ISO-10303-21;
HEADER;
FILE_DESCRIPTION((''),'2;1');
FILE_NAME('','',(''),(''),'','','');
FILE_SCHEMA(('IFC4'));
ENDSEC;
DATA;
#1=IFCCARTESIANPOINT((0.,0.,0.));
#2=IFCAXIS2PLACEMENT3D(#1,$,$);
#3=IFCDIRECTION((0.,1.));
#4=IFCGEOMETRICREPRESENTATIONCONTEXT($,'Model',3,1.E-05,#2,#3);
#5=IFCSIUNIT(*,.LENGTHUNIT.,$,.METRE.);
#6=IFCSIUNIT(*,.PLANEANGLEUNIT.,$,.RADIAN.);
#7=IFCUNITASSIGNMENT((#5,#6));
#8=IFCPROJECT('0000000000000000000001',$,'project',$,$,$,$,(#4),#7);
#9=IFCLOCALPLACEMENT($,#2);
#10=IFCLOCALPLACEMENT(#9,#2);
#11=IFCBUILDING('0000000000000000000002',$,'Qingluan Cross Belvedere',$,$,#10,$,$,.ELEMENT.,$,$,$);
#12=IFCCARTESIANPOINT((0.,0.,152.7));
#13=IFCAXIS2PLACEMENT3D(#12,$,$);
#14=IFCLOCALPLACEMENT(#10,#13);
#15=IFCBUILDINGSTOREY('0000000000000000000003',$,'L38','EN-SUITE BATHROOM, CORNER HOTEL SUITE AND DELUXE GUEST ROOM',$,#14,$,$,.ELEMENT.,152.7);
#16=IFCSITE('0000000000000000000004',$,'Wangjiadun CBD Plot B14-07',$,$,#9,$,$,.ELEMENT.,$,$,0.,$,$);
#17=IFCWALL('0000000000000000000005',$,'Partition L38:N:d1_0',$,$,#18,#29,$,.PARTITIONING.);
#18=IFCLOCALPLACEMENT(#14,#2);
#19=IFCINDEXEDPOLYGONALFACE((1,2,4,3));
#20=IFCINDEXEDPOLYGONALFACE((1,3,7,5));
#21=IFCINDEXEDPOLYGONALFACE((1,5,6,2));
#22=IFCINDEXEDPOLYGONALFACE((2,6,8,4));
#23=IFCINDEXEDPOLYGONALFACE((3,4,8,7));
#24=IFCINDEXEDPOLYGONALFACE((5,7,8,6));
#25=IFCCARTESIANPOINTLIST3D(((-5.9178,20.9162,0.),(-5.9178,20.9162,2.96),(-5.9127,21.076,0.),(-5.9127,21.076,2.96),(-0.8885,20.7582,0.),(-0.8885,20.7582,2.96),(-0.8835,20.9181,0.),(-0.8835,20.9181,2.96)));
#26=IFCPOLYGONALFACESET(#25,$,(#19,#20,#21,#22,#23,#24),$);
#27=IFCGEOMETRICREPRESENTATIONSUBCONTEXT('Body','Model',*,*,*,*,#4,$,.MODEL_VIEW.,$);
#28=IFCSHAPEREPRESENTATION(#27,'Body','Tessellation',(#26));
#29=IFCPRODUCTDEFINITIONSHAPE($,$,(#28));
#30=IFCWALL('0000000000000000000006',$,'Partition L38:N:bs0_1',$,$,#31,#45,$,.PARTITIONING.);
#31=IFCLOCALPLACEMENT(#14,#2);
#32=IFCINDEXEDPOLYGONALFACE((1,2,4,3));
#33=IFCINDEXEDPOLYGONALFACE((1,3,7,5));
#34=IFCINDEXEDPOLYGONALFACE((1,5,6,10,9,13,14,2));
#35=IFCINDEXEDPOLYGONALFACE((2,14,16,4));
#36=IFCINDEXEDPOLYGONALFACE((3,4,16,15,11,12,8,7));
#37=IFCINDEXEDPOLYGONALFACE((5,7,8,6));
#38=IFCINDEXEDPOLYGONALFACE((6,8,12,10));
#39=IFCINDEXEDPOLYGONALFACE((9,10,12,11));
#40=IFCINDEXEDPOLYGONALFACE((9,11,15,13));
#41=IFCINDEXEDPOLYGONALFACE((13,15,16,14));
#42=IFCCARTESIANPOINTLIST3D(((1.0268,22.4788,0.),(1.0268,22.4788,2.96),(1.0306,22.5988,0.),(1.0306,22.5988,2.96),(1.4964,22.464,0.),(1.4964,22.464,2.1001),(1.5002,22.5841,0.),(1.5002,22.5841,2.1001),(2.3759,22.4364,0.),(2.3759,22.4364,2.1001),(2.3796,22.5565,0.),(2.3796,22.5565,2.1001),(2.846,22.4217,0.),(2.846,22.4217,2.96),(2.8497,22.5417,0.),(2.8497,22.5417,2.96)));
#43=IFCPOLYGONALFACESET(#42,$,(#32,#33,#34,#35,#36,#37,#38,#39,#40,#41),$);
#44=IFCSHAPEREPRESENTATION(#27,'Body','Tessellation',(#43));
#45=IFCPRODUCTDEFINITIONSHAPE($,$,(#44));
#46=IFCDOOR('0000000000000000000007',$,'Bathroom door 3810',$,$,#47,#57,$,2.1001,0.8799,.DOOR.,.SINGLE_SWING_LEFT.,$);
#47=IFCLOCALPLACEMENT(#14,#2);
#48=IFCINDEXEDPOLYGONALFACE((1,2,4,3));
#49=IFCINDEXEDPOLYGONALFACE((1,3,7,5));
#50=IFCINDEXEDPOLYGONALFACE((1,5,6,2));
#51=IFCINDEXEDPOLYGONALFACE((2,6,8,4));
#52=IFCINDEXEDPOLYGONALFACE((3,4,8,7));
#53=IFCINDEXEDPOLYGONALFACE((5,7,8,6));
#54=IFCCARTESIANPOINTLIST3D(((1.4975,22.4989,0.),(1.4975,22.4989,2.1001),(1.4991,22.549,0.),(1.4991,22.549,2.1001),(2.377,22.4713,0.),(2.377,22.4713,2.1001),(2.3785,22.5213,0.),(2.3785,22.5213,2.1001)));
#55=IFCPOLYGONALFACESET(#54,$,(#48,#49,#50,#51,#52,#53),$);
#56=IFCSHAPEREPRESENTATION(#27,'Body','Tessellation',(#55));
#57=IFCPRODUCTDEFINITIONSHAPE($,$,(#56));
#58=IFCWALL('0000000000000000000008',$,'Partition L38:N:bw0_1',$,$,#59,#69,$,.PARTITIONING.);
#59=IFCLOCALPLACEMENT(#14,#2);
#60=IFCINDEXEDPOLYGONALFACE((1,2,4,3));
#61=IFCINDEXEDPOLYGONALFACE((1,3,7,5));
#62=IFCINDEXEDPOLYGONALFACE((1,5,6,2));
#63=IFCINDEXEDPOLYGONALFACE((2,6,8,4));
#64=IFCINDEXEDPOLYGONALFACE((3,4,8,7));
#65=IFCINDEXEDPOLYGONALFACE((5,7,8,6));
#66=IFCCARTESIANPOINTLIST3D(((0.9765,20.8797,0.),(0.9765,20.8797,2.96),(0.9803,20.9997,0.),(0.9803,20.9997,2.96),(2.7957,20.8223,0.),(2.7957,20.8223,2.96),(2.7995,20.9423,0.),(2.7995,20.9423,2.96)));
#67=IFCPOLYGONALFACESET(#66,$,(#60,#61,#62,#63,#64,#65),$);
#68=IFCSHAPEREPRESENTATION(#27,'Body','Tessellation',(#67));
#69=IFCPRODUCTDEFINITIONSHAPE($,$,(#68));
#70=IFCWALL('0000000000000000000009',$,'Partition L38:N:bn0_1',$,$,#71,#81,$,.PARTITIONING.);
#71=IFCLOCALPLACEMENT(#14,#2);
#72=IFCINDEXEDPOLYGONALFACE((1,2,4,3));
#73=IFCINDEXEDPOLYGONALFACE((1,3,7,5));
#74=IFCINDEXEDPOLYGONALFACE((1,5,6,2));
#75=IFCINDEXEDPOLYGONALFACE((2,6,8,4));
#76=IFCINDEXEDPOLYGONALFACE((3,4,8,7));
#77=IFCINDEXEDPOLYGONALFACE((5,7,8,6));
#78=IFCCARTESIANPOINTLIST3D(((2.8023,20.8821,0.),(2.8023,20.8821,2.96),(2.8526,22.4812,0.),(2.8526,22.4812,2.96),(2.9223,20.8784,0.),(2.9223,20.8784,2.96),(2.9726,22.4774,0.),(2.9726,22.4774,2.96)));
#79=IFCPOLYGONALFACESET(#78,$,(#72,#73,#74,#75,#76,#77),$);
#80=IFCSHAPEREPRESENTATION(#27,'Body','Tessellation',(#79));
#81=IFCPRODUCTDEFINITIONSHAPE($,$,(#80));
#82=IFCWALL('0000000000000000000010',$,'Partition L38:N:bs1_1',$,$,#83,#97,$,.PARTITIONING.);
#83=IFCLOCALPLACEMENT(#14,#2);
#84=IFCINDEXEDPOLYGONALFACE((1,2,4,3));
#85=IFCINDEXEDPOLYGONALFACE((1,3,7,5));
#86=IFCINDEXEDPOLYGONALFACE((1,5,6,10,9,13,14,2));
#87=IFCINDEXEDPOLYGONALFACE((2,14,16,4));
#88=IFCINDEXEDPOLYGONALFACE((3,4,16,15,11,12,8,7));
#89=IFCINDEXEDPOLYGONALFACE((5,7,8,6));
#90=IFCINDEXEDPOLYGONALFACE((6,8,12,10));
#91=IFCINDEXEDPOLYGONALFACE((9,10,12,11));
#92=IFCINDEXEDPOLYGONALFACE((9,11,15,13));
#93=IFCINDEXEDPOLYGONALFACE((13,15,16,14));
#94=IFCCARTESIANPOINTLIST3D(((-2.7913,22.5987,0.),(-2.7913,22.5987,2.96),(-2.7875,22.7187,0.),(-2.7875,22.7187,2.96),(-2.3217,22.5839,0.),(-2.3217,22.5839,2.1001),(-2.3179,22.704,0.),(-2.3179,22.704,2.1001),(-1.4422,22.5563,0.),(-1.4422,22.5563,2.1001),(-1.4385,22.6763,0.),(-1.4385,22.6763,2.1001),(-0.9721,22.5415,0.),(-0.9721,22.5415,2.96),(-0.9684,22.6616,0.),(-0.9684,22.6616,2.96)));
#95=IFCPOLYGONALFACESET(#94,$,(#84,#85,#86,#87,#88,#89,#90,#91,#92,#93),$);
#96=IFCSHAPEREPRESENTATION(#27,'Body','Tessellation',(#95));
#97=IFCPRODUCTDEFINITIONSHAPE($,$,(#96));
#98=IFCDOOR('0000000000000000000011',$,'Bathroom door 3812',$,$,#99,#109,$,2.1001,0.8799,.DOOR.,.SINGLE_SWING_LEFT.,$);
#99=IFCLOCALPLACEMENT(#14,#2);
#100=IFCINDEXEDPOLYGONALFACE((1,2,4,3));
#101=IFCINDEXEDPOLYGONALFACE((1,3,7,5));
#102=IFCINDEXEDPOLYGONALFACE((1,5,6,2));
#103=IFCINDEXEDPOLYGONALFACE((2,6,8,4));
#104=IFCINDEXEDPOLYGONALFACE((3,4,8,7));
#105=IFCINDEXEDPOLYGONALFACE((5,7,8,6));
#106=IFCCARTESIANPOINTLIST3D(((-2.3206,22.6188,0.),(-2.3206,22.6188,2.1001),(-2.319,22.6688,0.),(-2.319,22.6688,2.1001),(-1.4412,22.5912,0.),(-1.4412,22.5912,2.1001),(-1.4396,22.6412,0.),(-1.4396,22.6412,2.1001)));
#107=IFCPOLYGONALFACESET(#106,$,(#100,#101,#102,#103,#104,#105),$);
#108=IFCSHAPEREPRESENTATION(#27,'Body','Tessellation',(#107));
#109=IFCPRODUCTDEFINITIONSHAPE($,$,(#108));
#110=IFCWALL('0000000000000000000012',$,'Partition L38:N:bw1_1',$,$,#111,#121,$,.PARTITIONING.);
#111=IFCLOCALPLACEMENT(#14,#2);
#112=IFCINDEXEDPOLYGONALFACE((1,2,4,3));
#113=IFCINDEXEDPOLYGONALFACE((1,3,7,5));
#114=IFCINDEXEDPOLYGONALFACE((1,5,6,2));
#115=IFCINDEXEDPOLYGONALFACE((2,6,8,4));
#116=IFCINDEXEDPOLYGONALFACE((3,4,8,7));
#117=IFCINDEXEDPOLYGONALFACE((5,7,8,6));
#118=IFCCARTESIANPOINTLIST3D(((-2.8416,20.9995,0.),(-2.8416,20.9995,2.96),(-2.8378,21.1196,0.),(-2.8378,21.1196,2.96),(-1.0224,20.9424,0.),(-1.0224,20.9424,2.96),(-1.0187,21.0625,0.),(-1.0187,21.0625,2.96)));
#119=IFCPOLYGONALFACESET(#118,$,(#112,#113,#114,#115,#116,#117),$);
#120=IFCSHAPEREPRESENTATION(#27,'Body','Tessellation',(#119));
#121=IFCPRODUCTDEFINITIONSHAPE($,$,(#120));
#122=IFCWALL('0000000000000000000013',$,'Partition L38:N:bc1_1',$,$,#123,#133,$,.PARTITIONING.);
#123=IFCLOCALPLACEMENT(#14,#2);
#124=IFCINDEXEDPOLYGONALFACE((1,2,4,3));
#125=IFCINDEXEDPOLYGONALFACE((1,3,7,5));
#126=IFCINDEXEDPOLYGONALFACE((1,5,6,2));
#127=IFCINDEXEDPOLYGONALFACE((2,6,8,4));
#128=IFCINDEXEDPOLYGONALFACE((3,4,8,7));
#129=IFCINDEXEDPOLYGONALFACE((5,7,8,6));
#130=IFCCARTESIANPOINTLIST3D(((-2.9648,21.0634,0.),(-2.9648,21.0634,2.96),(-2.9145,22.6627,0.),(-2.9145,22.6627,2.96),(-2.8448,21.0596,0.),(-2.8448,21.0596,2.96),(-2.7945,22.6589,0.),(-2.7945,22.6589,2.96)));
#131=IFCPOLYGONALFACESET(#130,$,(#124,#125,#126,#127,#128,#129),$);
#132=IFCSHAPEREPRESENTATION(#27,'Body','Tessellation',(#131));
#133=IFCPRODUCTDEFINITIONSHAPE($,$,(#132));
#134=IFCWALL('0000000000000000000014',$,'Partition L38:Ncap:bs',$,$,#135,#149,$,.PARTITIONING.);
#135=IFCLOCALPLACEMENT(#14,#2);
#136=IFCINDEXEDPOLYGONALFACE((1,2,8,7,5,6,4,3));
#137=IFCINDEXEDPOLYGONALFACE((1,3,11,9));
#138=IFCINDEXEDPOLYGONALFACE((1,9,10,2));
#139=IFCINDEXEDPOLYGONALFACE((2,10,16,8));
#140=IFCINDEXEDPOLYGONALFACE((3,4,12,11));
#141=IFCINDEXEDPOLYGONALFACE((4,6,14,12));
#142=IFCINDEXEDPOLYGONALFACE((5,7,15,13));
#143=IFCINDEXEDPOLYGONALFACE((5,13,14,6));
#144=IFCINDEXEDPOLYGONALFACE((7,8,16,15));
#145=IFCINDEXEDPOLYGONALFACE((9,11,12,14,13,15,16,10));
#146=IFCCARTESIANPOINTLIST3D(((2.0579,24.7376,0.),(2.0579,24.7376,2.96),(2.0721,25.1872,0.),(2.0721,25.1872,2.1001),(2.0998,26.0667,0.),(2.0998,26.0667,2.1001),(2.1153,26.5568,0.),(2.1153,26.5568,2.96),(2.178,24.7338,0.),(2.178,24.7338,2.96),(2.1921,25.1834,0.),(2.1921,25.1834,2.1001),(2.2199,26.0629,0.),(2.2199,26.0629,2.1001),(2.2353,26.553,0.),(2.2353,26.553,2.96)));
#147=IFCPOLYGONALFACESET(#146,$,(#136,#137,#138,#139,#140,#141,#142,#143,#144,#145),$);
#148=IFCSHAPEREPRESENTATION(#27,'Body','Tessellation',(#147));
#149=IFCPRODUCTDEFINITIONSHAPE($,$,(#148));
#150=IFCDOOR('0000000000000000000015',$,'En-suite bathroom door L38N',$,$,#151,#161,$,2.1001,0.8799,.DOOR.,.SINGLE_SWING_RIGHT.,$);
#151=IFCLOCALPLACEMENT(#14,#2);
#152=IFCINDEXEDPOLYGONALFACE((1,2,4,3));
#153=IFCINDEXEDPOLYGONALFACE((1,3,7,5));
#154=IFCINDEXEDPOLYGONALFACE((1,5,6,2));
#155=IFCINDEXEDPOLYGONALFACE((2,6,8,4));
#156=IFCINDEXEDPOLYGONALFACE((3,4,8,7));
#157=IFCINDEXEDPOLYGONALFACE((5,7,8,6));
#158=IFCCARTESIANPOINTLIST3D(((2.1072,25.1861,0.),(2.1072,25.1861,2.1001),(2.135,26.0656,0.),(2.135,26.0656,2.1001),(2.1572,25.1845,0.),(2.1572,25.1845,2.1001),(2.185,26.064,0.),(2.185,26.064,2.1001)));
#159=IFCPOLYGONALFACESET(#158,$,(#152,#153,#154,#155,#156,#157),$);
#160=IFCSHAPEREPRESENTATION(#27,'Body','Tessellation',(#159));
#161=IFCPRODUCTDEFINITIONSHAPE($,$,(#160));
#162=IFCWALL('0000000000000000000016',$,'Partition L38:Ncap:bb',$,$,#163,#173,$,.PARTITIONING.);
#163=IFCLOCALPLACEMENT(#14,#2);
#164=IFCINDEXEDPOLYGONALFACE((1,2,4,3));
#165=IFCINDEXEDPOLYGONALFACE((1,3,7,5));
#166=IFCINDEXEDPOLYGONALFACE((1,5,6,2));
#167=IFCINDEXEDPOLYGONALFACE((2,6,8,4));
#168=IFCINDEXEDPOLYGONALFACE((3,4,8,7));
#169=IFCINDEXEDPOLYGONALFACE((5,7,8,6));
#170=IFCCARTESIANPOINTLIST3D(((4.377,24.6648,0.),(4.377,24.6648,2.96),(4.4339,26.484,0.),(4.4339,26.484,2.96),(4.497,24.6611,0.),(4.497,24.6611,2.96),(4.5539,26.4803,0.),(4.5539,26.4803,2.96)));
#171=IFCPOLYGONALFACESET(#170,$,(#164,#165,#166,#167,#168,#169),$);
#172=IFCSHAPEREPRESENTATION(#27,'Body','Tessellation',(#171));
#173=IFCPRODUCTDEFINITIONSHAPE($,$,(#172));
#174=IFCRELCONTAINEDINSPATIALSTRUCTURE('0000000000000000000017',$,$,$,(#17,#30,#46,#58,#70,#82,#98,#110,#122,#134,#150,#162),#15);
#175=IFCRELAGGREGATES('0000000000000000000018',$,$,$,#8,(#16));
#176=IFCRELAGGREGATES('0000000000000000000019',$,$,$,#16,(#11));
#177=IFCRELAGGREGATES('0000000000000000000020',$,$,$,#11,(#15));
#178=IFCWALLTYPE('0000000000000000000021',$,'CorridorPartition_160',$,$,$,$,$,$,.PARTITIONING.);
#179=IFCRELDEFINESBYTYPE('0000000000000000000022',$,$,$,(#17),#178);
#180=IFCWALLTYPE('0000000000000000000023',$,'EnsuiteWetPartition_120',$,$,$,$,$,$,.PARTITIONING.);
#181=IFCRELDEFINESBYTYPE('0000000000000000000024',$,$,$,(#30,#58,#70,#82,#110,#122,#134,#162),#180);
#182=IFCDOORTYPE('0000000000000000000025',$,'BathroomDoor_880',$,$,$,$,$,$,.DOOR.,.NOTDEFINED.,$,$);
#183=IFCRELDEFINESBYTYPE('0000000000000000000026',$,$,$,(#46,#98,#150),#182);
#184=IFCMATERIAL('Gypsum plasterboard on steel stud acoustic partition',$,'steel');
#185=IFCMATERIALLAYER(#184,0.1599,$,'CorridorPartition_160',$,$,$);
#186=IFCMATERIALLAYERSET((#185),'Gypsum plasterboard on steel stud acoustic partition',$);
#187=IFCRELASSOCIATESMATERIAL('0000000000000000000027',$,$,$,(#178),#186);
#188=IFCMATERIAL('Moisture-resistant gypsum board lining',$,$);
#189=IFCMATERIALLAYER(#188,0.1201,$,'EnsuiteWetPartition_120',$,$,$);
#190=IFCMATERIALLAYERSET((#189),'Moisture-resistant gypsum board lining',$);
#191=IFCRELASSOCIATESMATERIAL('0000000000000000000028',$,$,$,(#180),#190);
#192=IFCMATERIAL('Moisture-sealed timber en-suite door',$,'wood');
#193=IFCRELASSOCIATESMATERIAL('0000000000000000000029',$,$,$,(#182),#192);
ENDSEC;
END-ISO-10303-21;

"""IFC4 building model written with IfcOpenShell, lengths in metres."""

from ifc_helpers import new_model, si_unit, direction, frame, frame_2d, origin, place, context, subcontext, project, spatial, rectangle, extrude, material, layer, layer_set, type_object, element, fill, save


model = new_model("IFC4")

# Units and contexts
model_context = context("Model", 3, precision=1e-05, world=origin(), true_north=direction((0.0, 1.0)))
body_context = subcontext(model_context, "Body", "Model", "MODEL_VIEW")
ifc_project = project(units=[si_unit("LENGTHUNIT", "METRE"), si_unit("PLANEANGLEUNIT", "RADIAN")], contexts=[model_context])

# Site, building, storey
site_placement = place(None, origin())
site = spatial("IfcSite", under=ifc_project, at=site_placement, Name="Wangjiadun CBD Plot B14-07", CompositionType="ELEMENT", RefElevation=0.0)
building_placement = place(site_placement, origin())
building = spatial("IfcBuilding", under=site, at=building_placement, Name="Qingluan Cross Belvedere", CompositionType="ELEMENT")
storey_placement = place(building_placement, frame((0.0, 0.0, 152.7)))
storey = spatial("IfcBuildingStorey", under=building, at=storey_placement, Name="L38", Description="EN-SUITE BATHROOM, CORNER HOTEL SUITE AND DELUXE GUEST ROOM", CompositionType="ELEMENT", Elevation=152.7)

# Wall
ifc_material_1 = material(Name="Gypsum plasterboard on steel stud acoustic partition", Category="steel")
ifc_layer_1 = layer(ifc_material_1, 0.1599, Name="CorridorPartition_160")
ifc_layer_set_1 = layer_set([ifc_layer_1], Name="Gypsum plasterboard on steel stud acoustic partition")
wall_type_1 = type_object("IfcWallType", Name="CorridorPartition_160", PredefinedType="PARTITIONING", material=ifc_layer_set_1)
wall_1_placement = place(storey_placement, frame((-0.886, 20.8381, 0.0), z_axis=(0.0, 0.0, 1.0), x_axis=(-0.999507, 0.031392, 0.0)))
element("IfcWall", 1, at=wall_1_placement, inside=storey, type_object=wall_type_1, Name="Partition L38:N:d1_0", PredefinedType="PARTITIONING", context=body_context, shape_type="SweptSolid", body=[
    extrude(rectangle(XDim=5.0317, YDim=0.1599, at=frame_2d((2.5159, 0.0))), origin(), (0.0, 0.0, 1.0), 2.96),
])

# Wall, opening, door
ifc_material_2 = material(Name="Moisture-resistant gypsum board lining")
ifc_layer_2 = layer(ifc_material_2, 0.1201, Name="EnsuiteWetPartition_120")
ifc_layer_set_2 = layer_set([ifc_layer_2], Name="Moisture-resistant gypsum board lining")
wall_type_2 = type_object("IfcWallType", Name="EnsuiteWetPartition_120", PredefinedType="PARTITIONING", material=ifc_layer_set_2)
wall_2_placement = place(storey_placement, frame((1.0286, 22.5388, 0.0), z_axis=(0.0, 0.0, 1.0), x_axis=(0.999507, -0.03139, 0.0)))
wall_2 = element("IfcWall", 2, at=wall_2_placement, inside=storey, type_object=wall_type_2, Name="Partition L38:N:bs0_1", PredefinedType="PARTITIONING", context=body_context, shape_type="SweptSolid", body=[
    extrude(rectangle(XDim=1.8201, YDim=0.1201, at=frame_2d((0.9102, 0.0))), origin(), (0.0, 0.0, 1.0), 2.96),
])
opening_1_placement = place(wall_2_placement, frame((0.47, 0.0, 0.0)))
opening_1 = element("IfcOpeningElement", 3, at=opening_1_placement, cuts=wall_2, PredefinedType="OPENING", context=body_context, shape_type="SweptSolid", body=[
    extrude(rectangle(XDim=0.8799, YDim=2.1001, at=frame_2d((0.4399, 1.05))), frame((0.0, 0.0701, 0.0), z_axis=(0.0, -1.0, 0.0), x_axis=(1.0, 0.0, 0.0)), (0.0, 0.0, 1.0), 0.1401),
])
ifc_material_3 = material(Name="Moisture-sealed timber en-suite door", Category="wood")
door_type = type_object("IfcDoorType", Name="BathroomDoor_880", OperationType="NOTDEFINED", PredefinedType="DOOR", material=ifc_material_3)
door_1_placement = place(opening_1_placement, origin())
door_1 = element("IfcDoor", 4, at=door_1_placement, inside=storey, type_object=door_type, Name="Bathroom door 3810", OperationType="SINGLE_SWING_LEFT", OverallHeight=2.1001, OverallWidth=0.8799, PredefinedType="DOOR", context=body_context, shape_type="SweptSolid", body=[
    extrude(rectangle(XDim=0.8799, YDim=2.1001, at=frame_2d((0.4399, 1.05))), frame((0.0, 0.0249, 0.0), z_axis=(0.0, -1.0, 0.0), x_axis=(1.0, 0.0, 0.0)), (0.0, 0.0, 1.0), 0.05),
])
fill(opening_1, door_1)

# Walls
wall_3_placement = place(storey_placement, frame((0.9783, 20.9397, 0.0), z_axis=(0.0, 0.0, 1.0), x_axis=(0.999503, -0.031524, 0.0)))
element("IfcWall", 5, at=wall_3_placement, inside=storey, type_object=wall_type_2, Name="Partition L38:N:bw0_1", PredefinedType="PARTITIONING", context=body_context, shape_type="SweptSolid", body=[
    extrude(rectangle(XDim=1.8201, YDim=0.1201, at=frame_2d((0.9102, 0.0))), origin(), (0.0, 0.0, 1.0), 2.96),
])
wall_4_placement = place(storey_placement, frame((2.8623, 20.8804, 0.0), z_axis=(0.0, 0.0, 1.0), x_axis=(0.031435, 0.999506, 0.0)))
element("IfcWall", 6, at=wall_4_placement, inside=storey, type_object=wall_type_2, Name="Partition L38:N:bn0_1", PredefinedType="PARTITIONING", context=body_context, shape_type="SweptSolid", body=[
    extrude(rectangle(XDim=1.5999, YDim=0.1201, at=frame_2d((0.7998, 0.0))), origin(), (0.0, 0.0, 1.0), 2.96),
])

# Wall, opening, door
wall_5_placement = place(storey_placement, frame((-2.7896, 22.6587, 0.0), z_axis=(0.0, 0.0, 1.0), x_axis=(0.999507, -0.03139, 0.0)))
wall_5 = element("IfcWall", 7, at=wall_5_placement, inside=storey, type_object=wall_type_2, Name="Partition L38:N:bs1_1", PredefinedType="PARTITIONING", context=body_context, shape_type="SweptSolid", body=[
    extrude(rectangle(XDim=1.8201, YDim=0.1201, at=frame_2d((0.9102, 0.0))), origin(), (0.0, 0.0, 1.0), 2.96),
])
opening_2_placement = place(wall_5_placement, frame((0.47, 0.0, 0.0)))
opening_2 = element("IfcOpeningElement", 8, at=opening_2_placement, cuts=wall_5, PredefinedType="OPENING", context=body_context, shape_type="SweptSolid", body=[
    extrude(rectangle(XDim=0.8799, YDim=2.1001, at=frame_2d((0.4399, 1.05))), frame((0.0, 0.0701, 0.0), z_axis=(0.0, -1.0, 0.0), x_axis=(1.0, 0.0, 0.0)), (0.0, 0.0, 1.0), 0.1401),
])
door_2_placement = place(opening_2_placement, origin())
door_2 = element("IfcDoor", 9, at=door_2_placement, inside=storey, type_object=door_type, Name="Bathroom door 3812", OperationType="SINGLE_SWING_LEFT", OverallHeight=2.1001, OverallWidth=0.8799, PredefinedType="DOOR", context=body_context, shape_type="SweptSolid", body=[
    extrude(rectangle(XDim=0.8799, YDim=2.1001, at=frame_2d((0.4399, 1.05))), frame((0.0, 0.0249, 0.0), z_axis=(0.0, -1.0, 0.0), x_axis=(1.0, 0.0, 0.0)), (0.0, 0.0, 1.0), 0.05),
])
fill(opening_2, door_2)

# Walls
wall_6_placement = place(storey_placement, frame((-2.8398, 21.0596, 0.0), z_axis=(0.0, 0.0, 1.0), x_axis=(0.999507, -0.03139, 0.0)))
element("IfcWall", 10, at=wall_6_placement, inside=storey, type_object=wall_type_2, Name="Partition L38:N:bw1_1", PredefinedType="PARTITIONING", context=body_context, shape_type="SweptSolid", body=[
    extrude(rectangle(XDim=1.8201, YDim=0.1201, at=frame_2d((0.9102, 0.0))), origin(), (0.0, 0.0, 1.0), 2.96),
])
wall_7_placement = place(storey_placement, frame((-2.9048, 21.0615, 0.0), z_axis=(0.0, 0.0, 1.0), x_axis=(0.03143, 0.999506, 0.0)))
element("IfcWall", 11, at=wall_7_placement, inside=storey, type_object=wall_type_2, Name="Partition L38:N:bc1_1", PredefinedType="PARTITIONING", context=body_context, shape_type="SweptSolid", body=[
    extrude(rectangle(XDim=1.6001, YDim=0.1201, at=frame_2d((0.8, 0.0))), origin(), (0.0, 0.0, 1.0), 2.96),
])

# Wall, opening, door
wall_8_placement = place(storey_placement, frame((2.1179, 24.7356, 0.0), z_axis=(0.0, 0.0, 1.0), x_axis=(0.031524, 0.999503, 0.0)))
wall_8 = element("IfcWall", 12, at=wall_8_placement, inside=storey, type_object=wall_type_2, Name="Partition L38:Ncap:bs", PredefinedType="PARTITIONING", context=body_context, shape_type="SweptSolid", body=[
    extrude(rectangle(XDim=1.8201, YDim=0.1201, at=frame_2d((0.9102, 0.0))), origin(), (0.0, 0.0, 1.0), 2.96),
])
opening_3_placement = place(wall_8_placement, frame((0.45, 0.0, 0.0)))
opening_3 = element("IfcOpeningElement", 13, at=opening_3_placement, cuts=wall_8, PredefinedType="OPENING", context=body_context, shape_type="SweptSolid", body=[
    extrude(rectangle(XDim=0.8799, YDim=2.1001, at=frame_2d((0.4399, 1.05))), frame((0.0, 0.0701, 0.0), z_axis=(0.0, -1.0, 0.0), x_axis=(1.0, 0.0, 0.0)), (0.0, 0.0, 1.0), 0.1401),
])
door_3_placement = place(opening_3_placement, origin())
door_3 = element("IfcDoor", 14, at=door_3_placement, inside=storey, type_object=door_type, Name="En-suite bathroom door L38N", OperationType="SINGLE_SWING_RIGHT", OverallHeight=2.1001, OverallWidth=0.8799, PredefinedType="DOOR", context=body_context, shape_type="SweptSolid", body=[
    extrude(rectangle(XDim=0.8799, YDim=2.1001, at=frame_2d((0.4399, 1.05))), frame((0.0, 0.0249, 0.0), z_axis=(0.0, -1.0, 0.0), x_axis=(1.0, 0.0, 0.0)), (0.0, 0.0, 1.0), 0.05),
])
fill(opening_3, door_3)

# Wall
wall_9_placement = place(storey_placement, frame((4.437, 24.6628, 0.0), z_axis=(0.0, 0.0, 1.0), x_axis=(0.031256, 0.999511, 0.0)))
element("IfcWall", 15, at=wall_9_placement, inside=storey, type_object=wall_type_2, Name="Partition L38:Ncap:bb", PredefinedType="PARTITIONING", context=body_context, shape_type="SweptSolid", body=[
    extrude(rectangle(XDim=1.8201, YDim=0.1201, at=frame_2d((0.9102, 0.0))), origin(), (0.0, 0.0, 1.0), 2.96),
])

save(model, "model.ifc")
